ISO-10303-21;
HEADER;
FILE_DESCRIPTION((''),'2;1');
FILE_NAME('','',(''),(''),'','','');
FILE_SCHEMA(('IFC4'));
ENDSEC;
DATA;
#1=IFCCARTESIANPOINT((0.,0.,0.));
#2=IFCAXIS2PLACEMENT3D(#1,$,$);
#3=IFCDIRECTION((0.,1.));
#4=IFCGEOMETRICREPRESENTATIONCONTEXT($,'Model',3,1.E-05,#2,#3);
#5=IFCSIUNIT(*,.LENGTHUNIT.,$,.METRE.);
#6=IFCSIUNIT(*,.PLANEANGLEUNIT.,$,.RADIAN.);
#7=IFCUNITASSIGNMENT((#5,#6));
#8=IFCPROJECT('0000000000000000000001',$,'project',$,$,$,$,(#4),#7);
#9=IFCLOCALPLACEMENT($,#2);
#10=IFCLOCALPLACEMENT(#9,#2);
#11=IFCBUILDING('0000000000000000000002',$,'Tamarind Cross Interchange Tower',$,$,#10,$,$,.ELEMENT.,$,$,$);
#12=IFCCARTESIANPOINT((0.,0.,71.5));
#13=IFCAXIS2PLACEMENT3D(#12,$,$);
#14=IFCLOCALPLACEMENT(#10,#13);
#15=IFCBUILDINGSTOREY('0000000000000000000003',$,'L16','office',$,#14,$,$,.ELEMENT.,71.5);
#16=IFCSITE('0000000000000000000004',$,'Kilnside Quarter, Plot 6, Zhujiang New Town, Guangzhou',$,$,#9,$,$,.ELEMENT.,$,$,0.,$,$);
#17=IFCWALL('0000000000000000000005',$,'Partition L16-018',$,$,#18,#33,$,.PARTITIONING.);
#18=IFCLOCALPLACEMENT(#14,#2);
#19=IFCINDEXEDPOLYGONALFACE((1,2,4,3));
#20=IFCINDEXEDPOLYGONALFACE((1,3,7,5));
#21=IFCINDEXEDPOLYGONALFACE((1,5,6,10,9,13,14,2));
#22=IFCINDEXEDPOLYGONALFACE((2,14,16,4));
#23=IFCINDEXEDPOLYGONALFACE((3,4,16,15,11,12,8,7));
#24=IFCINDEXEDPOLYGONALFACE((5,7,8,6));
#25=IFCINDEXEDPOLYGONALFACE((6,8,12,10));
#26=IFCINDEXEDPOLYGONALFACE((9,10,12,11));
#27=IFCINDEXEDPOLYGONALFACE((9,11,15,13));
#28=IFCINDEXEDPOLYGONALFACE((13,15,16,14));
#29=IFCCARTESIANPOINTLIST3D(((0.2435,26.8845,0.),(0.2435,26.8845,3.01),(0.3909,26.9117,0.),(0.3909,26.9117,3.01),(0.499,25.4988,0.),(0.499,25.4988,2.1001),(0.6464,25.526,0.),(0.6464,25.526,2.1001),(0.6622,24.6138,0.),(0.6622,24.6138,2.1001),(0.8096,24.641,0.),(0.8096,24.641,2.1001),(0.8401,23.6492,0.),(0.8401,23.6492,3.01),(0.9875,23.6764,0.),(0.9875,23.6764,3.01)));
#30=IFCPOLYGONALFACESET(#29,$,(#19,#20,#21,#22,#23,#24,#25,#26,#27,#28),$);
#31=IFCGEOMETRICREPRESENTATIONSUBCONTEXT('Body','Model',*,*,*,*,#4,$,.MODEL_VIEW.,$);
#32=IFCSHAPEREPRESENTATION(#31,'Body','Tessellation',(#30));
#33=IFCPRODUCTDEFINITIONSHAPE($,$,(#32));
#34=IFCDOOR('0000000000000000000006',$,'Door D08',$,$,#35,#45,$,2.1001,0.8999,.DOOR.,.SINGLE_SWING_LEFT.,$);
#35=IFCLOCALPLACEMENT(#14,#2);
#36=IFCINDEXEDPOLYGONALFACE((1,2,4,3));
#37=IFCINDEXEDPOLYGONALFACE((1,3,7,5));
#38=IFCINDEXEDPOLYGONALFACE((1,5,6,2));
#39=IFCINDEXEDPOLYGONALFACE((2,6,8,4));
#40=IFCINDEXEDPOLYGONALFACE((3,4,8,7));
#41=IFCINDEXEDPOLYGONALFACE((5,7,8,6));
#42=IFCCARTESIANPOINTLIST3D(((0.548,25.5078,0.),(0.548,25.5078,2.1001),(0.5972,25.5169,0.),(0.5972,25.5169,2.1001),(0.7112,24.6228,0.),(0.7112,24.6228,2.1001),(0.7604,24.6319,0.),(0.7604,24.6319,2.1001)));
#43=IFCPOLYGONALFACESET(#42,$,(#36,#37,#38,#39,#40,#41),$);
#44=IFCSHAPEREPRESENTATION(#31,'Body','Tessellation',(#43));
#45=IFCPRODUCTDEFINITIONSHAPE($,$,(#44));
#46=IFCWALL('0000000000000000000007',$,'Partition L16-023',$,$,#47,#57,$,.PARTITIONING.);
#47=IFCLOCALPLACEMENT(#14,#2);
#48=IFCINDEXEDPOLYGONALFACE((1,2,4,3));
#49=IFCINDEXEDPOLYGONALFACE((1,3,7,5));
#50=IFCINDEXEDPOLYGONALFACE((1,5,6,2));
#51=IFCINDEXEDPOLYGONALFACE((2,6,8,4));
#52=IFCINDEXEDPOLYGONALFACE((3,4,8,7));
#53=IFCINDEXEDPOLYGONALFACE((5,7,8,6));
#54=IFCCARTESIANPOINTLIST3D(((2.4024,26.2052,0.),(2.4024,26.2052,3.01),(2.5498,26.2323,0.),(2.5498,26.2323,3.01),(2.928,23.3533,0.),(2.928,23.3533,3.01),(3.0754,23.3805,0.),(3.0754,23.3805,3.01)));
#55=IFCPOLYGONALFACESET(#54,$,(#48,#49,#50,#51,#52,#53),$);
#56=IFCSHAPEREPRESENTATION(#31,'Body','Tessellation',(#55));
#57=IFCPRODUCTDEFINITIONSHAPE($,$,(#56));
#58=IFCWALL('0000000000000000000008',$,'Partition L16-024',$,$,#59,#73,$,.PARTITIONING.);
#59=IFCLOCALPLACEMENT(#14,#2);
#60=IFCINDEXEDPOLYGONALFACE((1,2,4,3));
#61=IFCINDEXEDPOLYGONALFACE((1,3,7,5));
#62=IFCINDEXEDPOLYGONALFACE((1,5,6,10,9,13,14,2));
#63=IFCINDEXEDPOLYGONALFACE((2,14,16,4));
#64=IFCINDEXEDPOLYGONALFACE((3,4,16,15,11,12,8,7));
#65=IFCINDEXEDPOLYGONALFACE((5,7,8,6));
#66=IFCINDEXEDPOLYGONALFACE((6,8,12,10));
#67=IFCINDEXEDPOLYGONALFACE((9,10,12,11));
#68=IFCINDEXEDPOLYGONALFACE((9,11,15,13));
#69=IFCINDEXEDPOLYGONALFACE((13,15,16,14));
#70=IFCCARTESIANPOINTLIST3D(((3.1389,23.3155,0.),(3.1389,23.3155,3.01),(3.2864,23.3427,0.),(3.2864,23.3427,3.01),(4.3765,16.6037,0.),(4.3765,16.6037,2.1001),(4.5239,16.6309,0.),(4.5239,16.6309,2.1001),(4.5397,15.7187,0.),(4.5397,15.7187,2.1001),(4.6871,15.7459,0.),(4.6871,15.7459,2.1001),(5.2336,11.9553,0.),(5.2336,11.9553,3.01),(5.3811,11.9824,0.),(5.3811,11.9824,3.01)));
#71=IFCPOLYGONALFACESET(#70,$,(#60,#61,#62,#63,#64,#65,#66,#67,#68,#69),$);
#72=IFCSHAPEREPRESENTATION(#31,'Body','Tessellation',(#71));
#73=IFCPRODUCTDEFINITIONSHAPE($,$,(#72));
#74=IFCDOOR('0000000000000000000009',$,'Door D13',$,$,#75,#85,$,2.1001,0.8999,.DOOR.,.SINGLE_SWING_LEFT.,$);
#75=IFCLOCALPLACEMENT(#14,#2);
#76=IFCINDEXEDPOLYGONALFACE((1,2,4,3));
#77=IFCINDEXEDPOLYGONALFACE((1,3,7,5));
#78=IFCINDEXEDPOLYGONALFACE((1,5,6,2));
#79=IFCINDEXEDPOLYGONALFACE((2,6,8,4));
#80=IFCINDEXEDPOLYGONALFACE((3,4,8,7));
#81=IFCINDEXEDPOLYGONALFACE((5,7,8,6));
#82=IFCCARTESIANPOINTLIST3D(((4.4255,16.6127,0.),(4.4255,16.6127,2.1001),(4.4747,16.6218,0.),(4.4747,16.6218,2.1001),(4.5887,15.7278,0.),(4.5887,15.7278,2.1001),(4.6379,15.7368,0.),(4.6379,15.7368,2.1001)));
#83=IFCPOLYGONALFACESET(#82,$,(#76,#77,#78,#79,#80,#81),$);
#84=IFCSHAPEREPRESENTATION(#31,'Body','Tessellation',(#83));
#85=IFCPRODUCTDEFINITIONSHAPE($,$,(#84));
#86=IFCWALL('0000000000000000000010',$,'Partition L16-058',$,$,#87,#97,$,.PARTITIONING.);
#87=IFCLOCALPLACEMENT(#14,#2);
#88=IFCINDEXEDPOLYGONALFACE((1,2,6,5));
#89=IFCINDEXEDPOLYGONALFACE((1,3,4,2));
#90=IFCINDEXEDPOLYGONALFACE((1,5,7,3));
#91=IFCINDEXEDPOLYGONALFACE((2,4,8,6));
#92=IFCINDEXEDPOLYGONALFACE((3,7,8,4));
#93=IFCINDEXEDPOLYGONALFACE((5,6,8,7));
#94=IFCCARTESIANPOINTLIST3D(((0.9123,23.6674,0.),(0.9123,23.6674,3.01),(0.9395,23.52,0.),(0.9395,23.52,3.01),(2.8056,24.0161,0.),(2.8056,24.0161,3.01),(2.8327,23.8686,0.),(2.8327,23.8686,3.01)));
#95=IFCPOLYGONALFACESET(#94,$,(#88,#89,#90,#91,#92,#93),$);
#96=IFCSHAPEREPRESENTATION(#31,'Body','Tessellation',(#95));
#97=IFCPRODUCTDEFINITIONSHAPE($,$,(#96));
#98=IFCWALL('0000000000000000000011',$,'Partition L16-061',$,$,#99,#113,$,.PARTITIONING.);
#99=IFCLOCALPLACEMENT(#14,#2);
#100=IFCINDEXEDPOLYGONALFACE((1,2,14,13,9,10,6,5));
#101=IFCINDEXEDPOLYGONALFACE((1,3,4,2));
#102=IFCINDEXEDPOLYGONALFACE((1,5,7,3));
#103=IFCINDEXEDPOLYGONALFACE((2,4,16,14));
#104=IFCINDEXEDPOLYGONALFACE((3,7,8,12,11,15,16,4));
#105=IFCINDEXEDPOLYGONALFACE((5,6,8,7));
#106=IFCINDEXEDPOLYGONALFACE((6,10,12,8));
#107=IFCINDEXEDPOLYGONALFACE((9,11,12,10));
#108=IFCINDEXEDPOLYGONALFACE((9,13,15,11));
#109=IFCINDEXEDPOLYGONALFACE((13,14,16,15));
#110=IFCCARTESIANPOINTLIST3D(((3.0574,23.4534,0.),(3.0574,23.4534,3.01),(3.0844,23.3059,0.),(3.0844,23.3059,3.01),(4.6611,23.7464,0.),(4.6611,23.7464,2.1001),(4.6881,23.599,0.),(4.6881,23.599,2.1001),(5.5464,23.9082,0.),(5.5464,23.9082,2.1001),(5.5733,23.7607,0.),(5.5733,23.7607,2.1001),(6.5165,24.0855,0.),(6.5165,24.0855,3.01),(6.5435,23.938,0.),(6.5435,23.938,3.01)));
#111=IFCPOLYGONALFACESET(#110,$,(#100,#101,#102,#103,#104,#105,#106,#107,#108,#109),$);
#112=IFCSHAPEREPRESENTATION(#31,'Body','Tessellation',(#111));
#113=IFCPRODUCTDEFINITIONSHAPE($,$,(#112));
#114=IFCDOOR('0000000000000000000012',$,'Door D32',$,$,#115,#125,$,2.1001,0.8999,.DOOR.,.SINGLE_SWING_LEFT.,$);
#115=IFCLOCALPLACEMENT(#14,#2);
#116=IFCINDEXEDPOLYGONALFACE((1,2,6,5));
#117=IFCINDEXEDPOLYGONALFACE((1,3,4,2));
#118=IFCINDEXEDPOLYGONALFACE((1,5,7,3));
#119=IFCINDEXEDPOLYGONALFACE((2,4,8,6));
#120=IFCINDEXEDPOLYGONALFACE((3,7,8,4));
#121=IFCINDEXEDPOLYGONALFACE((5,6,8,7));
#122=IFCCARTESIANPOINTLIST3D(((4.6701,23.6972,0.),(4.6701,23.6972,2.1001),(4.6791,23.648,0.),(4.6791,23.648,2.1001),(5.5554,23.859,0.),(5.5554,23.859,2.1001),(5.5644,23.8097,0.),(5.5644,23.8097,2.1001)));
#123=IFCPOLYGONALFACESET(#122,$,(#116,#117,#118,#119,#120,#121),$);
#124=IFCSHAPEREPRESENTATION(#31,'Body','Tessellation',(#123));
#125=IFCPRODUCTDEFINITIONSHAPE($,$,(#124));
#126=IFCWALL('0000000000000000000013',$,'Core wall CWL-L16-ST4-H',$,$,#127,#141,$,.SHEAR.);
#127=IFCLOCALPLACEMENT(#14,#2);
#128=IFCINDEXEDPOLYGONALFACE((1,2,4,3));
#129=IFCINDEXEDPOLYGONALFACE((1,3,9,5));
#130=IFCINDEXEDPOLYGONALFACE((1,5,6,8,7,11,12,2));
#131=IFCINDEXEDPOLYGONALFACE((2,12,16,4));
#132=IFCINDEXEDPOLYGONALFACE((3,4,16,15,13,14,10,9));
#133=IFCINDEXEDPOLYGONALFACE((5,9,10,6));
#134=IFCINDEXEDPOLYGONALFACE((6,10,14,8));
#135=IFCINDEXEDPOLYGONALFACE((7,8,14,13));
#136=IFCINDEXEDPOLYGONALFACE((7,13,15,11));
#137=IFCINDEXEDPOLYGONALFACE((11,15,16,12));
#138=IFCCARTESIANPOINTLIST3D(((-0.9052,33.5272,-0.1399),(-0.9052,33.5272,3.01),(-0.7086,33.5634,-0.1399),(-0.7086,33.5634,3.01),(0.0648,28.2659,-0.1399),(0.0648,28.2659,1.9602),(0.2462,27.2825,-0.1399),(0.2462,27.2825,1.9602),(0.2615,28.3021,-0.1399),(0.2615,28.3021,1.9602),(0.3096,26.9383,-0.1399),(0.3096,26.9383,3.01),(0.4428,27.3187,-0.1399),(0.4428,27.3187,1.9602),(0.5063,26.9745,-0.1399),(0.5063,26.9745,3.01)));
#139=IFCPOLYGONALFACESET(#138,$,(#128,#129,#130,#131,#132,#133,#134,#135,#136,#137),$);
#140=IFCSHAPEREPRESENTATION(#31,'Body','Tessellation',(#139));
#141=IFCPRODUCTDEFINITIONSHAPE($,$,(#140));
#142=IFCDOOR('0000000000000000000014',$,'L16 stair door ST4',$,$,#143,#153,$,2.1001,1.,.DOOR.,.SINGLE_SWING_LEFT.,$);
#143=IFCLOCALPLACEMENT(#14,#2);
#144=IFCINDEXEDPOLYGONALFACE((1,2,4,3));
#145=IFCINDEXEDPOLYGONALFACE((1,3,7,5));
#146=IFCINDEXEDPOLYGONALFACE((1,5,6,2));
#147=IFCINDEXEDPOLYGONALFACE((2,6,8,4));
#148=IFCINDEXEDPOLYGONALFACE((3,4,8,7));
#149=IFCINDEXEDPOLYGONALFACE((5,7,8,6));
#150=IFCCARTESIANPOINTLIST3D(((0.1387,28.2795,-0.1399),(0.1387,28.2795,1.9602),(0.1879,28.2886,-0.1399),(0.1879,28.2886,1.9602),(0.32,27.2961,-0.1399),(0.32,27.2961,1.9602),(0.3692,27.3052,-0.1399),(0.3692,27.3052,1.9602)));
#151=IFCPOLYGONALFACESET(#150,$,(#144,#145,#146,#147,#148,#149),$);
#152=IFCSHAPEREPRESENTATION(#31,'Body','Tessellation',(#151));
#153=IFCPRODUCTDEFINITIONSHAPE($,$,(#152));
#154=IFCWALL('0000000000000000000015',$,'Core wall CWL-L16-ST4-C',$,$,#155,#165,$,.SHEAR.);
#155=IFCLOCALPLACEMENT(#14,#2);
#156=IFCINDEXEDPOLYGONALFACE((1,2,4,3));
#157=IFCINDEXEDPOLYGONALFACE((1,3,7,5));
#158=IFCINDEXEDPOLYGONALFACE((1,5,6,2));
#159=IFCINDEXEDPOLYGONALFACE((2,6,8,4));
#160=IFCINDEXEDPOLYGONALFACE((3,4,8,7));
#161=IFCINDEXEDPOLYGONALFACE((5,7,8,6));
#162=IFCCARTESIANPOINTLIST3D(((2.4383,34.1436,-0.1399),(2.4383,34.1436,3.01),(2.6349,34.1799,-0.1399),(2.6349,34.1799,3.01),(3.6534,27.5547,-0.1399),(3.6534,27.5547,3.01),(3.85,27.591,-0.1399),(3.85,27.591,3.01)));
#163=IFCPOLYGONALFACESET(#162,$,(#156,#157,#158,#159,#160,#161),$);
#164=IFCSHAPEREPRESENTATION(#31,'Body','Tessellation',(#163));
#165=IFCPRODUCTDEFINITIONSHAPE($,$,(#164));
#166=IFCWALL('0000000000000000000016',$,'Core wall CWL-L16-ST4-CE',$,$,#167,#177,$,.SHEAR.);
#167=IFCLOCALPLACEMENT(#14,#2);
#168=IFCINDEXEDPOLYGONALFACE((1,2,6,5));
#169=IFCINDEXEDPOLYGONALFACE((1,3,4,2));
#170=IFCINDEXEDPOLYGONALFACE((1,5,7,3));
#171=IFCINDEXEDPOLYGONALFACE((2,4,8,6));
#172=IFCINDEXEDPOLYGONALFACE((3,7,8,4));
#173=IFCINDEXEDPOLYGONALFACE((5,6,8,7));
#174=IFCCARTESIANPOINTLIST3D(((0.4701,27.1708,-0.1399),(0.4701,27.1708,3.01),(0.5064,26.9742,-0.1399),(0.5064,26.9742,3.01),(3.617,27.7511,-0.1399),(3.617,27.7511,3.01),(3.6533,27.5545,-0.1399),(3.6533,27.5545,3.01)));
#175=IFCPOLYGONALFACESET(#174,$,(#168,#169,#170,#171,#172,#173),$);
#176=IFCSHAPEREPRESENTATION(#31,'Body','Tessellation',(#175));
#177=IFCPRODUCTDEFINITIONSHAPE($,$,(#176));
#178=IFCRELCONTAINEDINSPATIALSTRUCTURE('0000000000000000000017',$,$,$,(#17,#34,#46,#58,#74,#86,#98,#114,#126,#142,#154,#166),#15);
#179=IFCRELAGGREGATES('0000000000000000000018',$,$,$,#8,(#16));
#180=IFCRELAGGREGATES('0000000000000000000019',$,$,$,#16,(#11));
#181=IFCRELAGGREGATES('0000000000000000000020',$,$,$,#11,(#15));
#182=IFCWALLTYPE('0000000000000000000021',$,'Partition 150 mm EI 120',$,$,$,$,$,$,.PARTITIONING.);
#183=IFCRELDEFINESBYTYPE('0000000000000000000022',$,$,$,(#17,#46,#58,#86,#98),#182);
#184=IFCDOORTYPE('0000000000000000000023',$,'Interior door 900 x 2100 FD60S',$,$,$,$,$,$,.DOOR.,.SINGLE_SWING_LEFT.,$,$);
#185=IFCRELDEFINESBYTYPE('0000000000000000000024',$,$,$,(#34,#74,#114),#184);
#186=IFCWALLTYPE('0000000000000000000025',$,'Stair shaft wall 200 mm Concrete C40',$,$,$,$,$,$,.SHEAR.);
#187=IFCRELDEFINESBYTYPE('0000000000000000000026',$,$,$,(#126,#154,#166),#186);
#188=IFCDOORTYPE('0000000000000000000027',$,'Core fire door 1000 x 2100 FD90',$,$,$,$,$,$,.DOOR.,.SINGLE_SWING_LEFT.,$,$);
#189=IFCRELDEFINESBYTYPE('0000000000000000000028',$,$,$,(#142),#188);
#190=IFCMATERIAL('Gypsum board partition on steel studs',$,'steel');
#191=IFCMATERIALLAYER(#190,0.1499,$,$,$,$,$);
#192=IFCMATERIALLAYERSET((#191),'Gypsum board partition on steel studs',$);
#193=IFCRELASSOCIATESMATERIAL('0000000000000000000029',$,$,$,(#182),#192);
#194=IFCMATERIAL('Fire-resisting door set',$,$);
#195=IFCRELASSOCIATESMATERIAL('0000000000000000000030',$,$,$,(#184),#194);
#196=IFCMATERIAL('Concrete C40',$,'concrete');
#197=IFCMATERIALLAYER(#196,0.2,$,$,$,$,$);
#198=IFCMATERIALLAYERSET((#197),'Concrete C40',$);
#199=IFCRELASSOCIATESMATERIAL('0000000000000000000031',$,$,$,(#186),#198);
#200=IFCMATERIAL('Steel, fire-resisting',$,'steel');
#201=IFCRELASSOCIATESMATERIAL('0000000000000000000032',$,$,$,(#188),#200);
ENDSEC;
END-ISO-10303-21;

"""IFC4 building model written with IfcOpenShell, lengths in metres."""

from ifc_helpers import new_model, si_unit, direction, frame, frame_2d, origin, place, context, subcontext, project, spatial, rectangle, extrude, material, layer, layer_set, type_object, element, fill, save


model = new_model("IFC4")

# Units and contexts
model_context = context("Model", 3, precision=1e-05, world=origin(), true_north=direction((0.0, 1.0)))
body_context = subcontext(model_context, "Body", "Model", "MODEL_VIEW")
ifc_project = project(units=[si_unit("LENGTHUNIT", "METRE"), si_unit("PLANEANGLEUNIT", "RADIAN")], contexts=[model_context])

# Site, building, storey
site_placement = place(None, origin())
site = spatial("IfcSite", under=ifc_project, at=site_placement, Name="Kilnside Quarter, Plot 6, Zhujiang New Town, Guangzhou", CompositionType="ELEMENT", RefElevation=0.0)
building_placement = place(site_placement, origin())
building = spatial("IfcBuilding", under=site, at=building_placement, Name="Tamarind Cross Interchange Tower", CompositionType="ELEMENT")
storey_placement = place(building_placement, frame((0.0, 0.0, 71.5)))
storey = spatial("IfcBuildingStorey", under=building, at=storey_placement, Name="L16", Description="office", CompositionType="ELEMENT", Elevation=71.5)

# Wall, opening, door
ifc_material_1 = material(Name="Gypsum board partition on steel studs", Category="steel")
ifc_layer_1 = layer(ifc_material_1, 0.1499)
ifc_layer_set_1 = layer_set([ifc_layer_1], Name="Gypsum board partition on steel studs")
wall_type_1 = type_object("IfcWallType", Name="Partition 150 mm EI 120", PredefinedType="PARTITIONING", material=ifc_layer_set_1)
wall_1_placement = place(storey_placement, frame((0.3171, 26.8982, 0.0), z_axis=(0.0, 0.0, 1.0), x_axis=(0.181366, -0.983416, 0.0)))
wall_1 = element("IfcWall", 1, at=wall_1_placement, inside=storey, type_object=wall_type_1, Name="Partition L16-018", PredefinedType="PARTITIONING", context=body_context, shape_type="SweptSolid", body=[
    extrude(rectangle(XDim=3.2898, YDim=0.1499, at=frame_2d((1.645, 0.0))), origin(), (0.0, 0.0, 1.0), 3.01),
])
opening_1_placement = place(wall_1_placement, frame((1.4092, 0.0, 0.0)))
opening_1 = element("IfcOpeningElement", 2, at=opening_1_placement, cuts=wall_1, PredefinedType="OPENING", context=body_context, shape_type="SweptSolid", body=[
    extrude(rectangle(XDim=0.8999, YDim=2.1001, at=frame_2d((0.45, 1.05))), frame((0.0, 0.085, 0.0), z_axis=(0.0, -1.0, 0.0), x_axis=(1.0, 0.0, 0.0)), (0.0, 0.0, 1.0), 0.1699),
])
ifc_material_2 = material(Name="Fire-resisting door set")
door_type_1 = type_object("IfcDoorType", Name="Interior door 900 x 2100 FD60S", OperationType="SINGLE_SWING_LEFT", PredefinedType="DOOR", material=ifc_material_2)
door_1_placement = place(opening_1_placement, origin())
door_1 = element("IfcDoor", 3, at=door_1_placement, inside=storey, type_object=door_type_1, Name="Door D08", OperationType="SINGLE_SWING_LEFT", OverallHeight=2.1001, OverallWidth=0.8999, PredefinedType="DOOR", context=body_context, shape_type="SweptSolid", body=[
    extrude(rectangle(XDim=0.8999, YDim=2.1001, at=frame_2d((0.45, 1.05))), frame((0.0, 0.0249, 0.0), z_axis=(0.0, -1.0, 0.0), x_axis=(1.0, 0.0, 0.0)), (0.0, 0.0, 1.0), 0.05),
])
fill(opening_1, door_1)

# Wall
wall_2_placement = place(storey_placement, frame((2.4761, 26.2188, 0.0), z_axis=(0.0, 0.0, 1.0), x_axis=(0.181263, -0.983435, 0.0)))
element("IfcWall", 4, at=wall_2_placement, inside=storey, type_object=wall_type_1, Name="Partition L16-023", PredefinedType="PARTITIONING", context=body_context, shape_type="SweptSolid", body=[
    extrude(rectangle(XDim=2.8999, YDim=0.1499, at=frame_2d((1.45, 0.0))), origin(), (0.0, 0.0, 1.0), 3.01),
])

# Wall, opening, door
wall_3_placement = place(storey_placement, frame((3.2126, 23.3291, 0.0), z_axis=(0.0, 0.0, 1.0), x_axis=(0.181332, -0.983422, 0.0)))
wall_3 = element("IfcWall", 5, at=wall_3_placement, inside=storey, type_object=wall_type_1, Name="Partition L16-024", PredefinedType="PARTITIONING", context=body_context, shape_type="SweptSolid", body=[
    extrude(rectangle(XDim=11.5518, YDim=0.1499, at=frame_2d((5.7759, 0.0))), origin(), (0.0, 0.0, 1.0), 3.01),
])
opening_2_placement = place(wall_3_placement, frame((6.825, 0.0, 0.0)))
opening_2 = element("IfcOpeningElement", 6, at=opening_2_placement, cuts=wall_3, PredefinedType="OPENING", context=body_context, shape_type="SweptSolid", body=[
    extrude(rectangle(XDim=0.8999, YDim=2.1001, at=frame_2d((0.45, 1.05))), frame((0.0, 0.085, 0.0), z_axis=(0.0, -1.0, 0.0), x_axis=(1.0, 0.0, 0.0)), (0.0, 0.0, 1.0), 0.1699),
])
door_2_placement = place(opening_2_placement, origin())
door_2 = element("IfcDoor", 7, at=door_2_placement, inside=storey, type_object=door_type_1, Name="Door D13", OperationType="SINGLE_SWING_LEFT", OverallHeight=2.1001, OverallWidth=0.8999, PredefinedType="DOOR", context=body_context, shape_type="SweptSolid", body=[
    extrude(rectangle(XDim=0.8999, YDim=2.1001, at=frame_2d((0.45, 1.05))), frame((0.0, 0.0249, 0.0), z_axis=(0.0, -1.0, 0.0), x_axis=(1.0, 0.0, 0.0)), (0.0, 0.0, 1.0), 0.05),
])
fill(opening_2, door_2)

# Wall
wall_4_placement = place(storey_placement, frame((0.926, 23.5938, 0.0), z_axis=(0.0, 0.0, 1.0), x_axis=(0.983466, 0.181095, 0.0)))
element("IfcWall", 8, at=wall_4_placement, inside=storey, type_object=wall_type_1, Name="Partition L16-058", PredefinedType="PARTITIONING", context=body_context, shape_type="SweptSolid", body=[
    extrude(rectangle(XDim=1.925, YDim=0.1499, at=frame_2d((0.9624, 0.0))), origin(), (0.0, 0.0, 1.0), 3.01),
])

# Walls, openings, doors
wall_5_placement = place(storey_placement, frame((3.0708, 23.3796, 0.0), z_axis=(0.0, 0.0, 1.0), x_axis=(0.983711, 0.179759, 0.0)))
wall_5 = element("IfcWall", 9, at=wall_5_placement, inside=storey, type_object=wall_type_1, Name="Partition L16-061", PredefinedType="PARTITIONING", context=body_context, shape_type="SweptSolid", body=[
    extrude(rectangle(XDim=3.5164, YDim=0.1499, at=frame_2d((1.7583, 0.0))), origin(), (0.0, 0.0, 1.0), 3.01),
])
opening_3_placement = place(wall_5_placement, frame((1.6304, 0.0, 0.0)))
opening_3 = element("IfcOpeningElement", 10, at=opening_3_placement, cuts=wall_5, PredefinedType="OPENING", context=body_context, shape_type="SweptSolid", body=[
    extrude(rectangle(XDim=0.8999, YDim=2.1001, at=frame_2d((0.45, 1.05))), frame((0.0, 0.085, 0.0), z_axis=(0.0, -1.0, 0.0), x_axis=(1.0, 0.0, 0.0)), (0.0, 0.0, 1.0), 0.1699),
])
door_3_placement = place(opening_3_placement, origin())
door_3 = element("IfcDoor", 11, at=door_3_placement, inside=storey, type_object=door_type_1, Name="Door D32", OperationType="SINGLE_SWING_LEFT", OverallHeight=2.1001, OverallWidth=0.8999, PredefinedType="DOOR", context=body_context, shape_type="SweptSolid", body=[
    extrude(rectangle(XDim=0.8999, YDim=2.1001, at=frame_2d((0.45, 1.05))), frame((0.0, 0.0249, 0.0), z_axis=(0.0, -1.0, 0.0), x_axis=(1.0, 0.0, 0.0)), (0.0, 0.0, 1.0), 0.05),
])
fill(opening_3, door_3)
ifc_material_3 = material(Name="Concrete C40", Category="concrete")
ifc_layer_2 = layer(ifc_material_3, 0.2)
ifc_layer_set_2 = layer_set([ifc_layer_2], Name="Concrete C40")
wall_type_2 = type_object("IfcWallType", Name="Stair shaft wall 200 mm Concrete C40", PredefinedType="SHEAR", material=ifc_layer_set_2)
wall_6_placement = place(storey_placement, frame((0.408, 26.9563, -0.1399), z_axis=(0.0, 0.0, 1.0), x_axis=(-0.181322, 0.983424, 0.0)))
wall_6 = element("IfcWall", 12, at=wall_6_placement, inside=storey, type_object=wall_type_2, Name="Core wall CWL-L16-ST4-H", PredefinedType="SHEAR", context=body_context, shape_type="SweptSolid", body=[
    extrude(rectangle(XDim=6.7, YDim=0.2, at=frame_2d((3.3501, 0.0))), origin(), (0.0, 0.0, 1.0), 3.1499),
])
opening_4_placement = place(wall_6_placement, frame((0.3501, 0.0, 0.0)))
opening_4 = element("IfcOpeningElement", 13, at=opening_4_placement, cuts=wall_6, PredefinedType="OPENING", context=body_context, shape_type="SweptSolid", body=[
    extrude(rectangle(XDim=1.0, YDim=2.1001, at=frame_2d((0.5, 1.05))), frame((0.0, 0.1099, 0.0), z_axis=(0.0, -1.0, 0.0), x_axis=(1.0, 0.0, 0.0)), (0.0, 0.0, 1.0), 0.22),
])
ifc_material_4 = material(Name="Steel, fire-resisting", Category="steel")
door_type_2 = type_object("IfcDoorType", Name="Core fire door 1000 x 2100 FD90", OperationType="SINGLE_SWING_LEFT", PredefinedType="DOOR", material=ifc_material_4)
door_4_placement = place(opening_4_placement, origin())
door_4 = element("IfcDoor", 14, at=door_4_placement, inside=storey, type_object=door_type_2, Name="L16 stair door ST4", OperationType="SINGLE_SWING_LEFT", OverallHeight=2.1001, OverallWidth=1.0, PredefinedType="DOOR", context=body_context, shape_type="SweptSolid", body=[
    extrude(rectangle(XDim=1.0, YDim=2.1001, at=frame_2d((0.5, 1.05))), frame((0.0, 0.0249, 0.0), z_axis=(0.0, -1.0, 0.0), x_axis=(1.0, 0.0, 0.0)), (0.0, 0.0, 1.0), 0.05),
])
fill(opening_4, door_4)

# Walls
wall_7_placement = place(storey_placement, frame((3.7517, 27.5728, -0.1399), z_axis=(0.0, 0.0, 1.0), x_axis=(-0.181357, 0.983417, 0.0)))
element("IfcWall", 15, at=wall_7_placement, inside=storey, type_object=wall_type_2, Name="Core wall CWL-L16-ST4-C", PredefinedType="SHEAR", context=body_context, shape_type="SweptSolid", body=[
    extrude(rectangle(XDim=6.7, YDim=0.2, at=frame_2d((3.3501, 0.0))), origin(), (0.0, 0.0, 1.0), 3.1499),
])
wall_8_placement = place(storey_placement, frame((3.6353, 27.6528, -0.1399), z_axis=(0.0, 0.0, 1.0), x_axis=(-0.983419, -0.181349, 0.0)))
element("IfcWall", 16, at=wall_8_placement, inside=storey, type_object=wall_type_2, Name="Core wall CWL-L16-ST4-CE", PredefinedType="SHEAR", context=body_context, shape_type="SweptSolid", body=[
    extrude(rectangle(XDim=3.2, YDim=0.2, at=frame_2d((1.6001, 0.0))), origin(), (0.0, 0.0, 1.0), 3.1499),
])

save(model, "model.ifc")
